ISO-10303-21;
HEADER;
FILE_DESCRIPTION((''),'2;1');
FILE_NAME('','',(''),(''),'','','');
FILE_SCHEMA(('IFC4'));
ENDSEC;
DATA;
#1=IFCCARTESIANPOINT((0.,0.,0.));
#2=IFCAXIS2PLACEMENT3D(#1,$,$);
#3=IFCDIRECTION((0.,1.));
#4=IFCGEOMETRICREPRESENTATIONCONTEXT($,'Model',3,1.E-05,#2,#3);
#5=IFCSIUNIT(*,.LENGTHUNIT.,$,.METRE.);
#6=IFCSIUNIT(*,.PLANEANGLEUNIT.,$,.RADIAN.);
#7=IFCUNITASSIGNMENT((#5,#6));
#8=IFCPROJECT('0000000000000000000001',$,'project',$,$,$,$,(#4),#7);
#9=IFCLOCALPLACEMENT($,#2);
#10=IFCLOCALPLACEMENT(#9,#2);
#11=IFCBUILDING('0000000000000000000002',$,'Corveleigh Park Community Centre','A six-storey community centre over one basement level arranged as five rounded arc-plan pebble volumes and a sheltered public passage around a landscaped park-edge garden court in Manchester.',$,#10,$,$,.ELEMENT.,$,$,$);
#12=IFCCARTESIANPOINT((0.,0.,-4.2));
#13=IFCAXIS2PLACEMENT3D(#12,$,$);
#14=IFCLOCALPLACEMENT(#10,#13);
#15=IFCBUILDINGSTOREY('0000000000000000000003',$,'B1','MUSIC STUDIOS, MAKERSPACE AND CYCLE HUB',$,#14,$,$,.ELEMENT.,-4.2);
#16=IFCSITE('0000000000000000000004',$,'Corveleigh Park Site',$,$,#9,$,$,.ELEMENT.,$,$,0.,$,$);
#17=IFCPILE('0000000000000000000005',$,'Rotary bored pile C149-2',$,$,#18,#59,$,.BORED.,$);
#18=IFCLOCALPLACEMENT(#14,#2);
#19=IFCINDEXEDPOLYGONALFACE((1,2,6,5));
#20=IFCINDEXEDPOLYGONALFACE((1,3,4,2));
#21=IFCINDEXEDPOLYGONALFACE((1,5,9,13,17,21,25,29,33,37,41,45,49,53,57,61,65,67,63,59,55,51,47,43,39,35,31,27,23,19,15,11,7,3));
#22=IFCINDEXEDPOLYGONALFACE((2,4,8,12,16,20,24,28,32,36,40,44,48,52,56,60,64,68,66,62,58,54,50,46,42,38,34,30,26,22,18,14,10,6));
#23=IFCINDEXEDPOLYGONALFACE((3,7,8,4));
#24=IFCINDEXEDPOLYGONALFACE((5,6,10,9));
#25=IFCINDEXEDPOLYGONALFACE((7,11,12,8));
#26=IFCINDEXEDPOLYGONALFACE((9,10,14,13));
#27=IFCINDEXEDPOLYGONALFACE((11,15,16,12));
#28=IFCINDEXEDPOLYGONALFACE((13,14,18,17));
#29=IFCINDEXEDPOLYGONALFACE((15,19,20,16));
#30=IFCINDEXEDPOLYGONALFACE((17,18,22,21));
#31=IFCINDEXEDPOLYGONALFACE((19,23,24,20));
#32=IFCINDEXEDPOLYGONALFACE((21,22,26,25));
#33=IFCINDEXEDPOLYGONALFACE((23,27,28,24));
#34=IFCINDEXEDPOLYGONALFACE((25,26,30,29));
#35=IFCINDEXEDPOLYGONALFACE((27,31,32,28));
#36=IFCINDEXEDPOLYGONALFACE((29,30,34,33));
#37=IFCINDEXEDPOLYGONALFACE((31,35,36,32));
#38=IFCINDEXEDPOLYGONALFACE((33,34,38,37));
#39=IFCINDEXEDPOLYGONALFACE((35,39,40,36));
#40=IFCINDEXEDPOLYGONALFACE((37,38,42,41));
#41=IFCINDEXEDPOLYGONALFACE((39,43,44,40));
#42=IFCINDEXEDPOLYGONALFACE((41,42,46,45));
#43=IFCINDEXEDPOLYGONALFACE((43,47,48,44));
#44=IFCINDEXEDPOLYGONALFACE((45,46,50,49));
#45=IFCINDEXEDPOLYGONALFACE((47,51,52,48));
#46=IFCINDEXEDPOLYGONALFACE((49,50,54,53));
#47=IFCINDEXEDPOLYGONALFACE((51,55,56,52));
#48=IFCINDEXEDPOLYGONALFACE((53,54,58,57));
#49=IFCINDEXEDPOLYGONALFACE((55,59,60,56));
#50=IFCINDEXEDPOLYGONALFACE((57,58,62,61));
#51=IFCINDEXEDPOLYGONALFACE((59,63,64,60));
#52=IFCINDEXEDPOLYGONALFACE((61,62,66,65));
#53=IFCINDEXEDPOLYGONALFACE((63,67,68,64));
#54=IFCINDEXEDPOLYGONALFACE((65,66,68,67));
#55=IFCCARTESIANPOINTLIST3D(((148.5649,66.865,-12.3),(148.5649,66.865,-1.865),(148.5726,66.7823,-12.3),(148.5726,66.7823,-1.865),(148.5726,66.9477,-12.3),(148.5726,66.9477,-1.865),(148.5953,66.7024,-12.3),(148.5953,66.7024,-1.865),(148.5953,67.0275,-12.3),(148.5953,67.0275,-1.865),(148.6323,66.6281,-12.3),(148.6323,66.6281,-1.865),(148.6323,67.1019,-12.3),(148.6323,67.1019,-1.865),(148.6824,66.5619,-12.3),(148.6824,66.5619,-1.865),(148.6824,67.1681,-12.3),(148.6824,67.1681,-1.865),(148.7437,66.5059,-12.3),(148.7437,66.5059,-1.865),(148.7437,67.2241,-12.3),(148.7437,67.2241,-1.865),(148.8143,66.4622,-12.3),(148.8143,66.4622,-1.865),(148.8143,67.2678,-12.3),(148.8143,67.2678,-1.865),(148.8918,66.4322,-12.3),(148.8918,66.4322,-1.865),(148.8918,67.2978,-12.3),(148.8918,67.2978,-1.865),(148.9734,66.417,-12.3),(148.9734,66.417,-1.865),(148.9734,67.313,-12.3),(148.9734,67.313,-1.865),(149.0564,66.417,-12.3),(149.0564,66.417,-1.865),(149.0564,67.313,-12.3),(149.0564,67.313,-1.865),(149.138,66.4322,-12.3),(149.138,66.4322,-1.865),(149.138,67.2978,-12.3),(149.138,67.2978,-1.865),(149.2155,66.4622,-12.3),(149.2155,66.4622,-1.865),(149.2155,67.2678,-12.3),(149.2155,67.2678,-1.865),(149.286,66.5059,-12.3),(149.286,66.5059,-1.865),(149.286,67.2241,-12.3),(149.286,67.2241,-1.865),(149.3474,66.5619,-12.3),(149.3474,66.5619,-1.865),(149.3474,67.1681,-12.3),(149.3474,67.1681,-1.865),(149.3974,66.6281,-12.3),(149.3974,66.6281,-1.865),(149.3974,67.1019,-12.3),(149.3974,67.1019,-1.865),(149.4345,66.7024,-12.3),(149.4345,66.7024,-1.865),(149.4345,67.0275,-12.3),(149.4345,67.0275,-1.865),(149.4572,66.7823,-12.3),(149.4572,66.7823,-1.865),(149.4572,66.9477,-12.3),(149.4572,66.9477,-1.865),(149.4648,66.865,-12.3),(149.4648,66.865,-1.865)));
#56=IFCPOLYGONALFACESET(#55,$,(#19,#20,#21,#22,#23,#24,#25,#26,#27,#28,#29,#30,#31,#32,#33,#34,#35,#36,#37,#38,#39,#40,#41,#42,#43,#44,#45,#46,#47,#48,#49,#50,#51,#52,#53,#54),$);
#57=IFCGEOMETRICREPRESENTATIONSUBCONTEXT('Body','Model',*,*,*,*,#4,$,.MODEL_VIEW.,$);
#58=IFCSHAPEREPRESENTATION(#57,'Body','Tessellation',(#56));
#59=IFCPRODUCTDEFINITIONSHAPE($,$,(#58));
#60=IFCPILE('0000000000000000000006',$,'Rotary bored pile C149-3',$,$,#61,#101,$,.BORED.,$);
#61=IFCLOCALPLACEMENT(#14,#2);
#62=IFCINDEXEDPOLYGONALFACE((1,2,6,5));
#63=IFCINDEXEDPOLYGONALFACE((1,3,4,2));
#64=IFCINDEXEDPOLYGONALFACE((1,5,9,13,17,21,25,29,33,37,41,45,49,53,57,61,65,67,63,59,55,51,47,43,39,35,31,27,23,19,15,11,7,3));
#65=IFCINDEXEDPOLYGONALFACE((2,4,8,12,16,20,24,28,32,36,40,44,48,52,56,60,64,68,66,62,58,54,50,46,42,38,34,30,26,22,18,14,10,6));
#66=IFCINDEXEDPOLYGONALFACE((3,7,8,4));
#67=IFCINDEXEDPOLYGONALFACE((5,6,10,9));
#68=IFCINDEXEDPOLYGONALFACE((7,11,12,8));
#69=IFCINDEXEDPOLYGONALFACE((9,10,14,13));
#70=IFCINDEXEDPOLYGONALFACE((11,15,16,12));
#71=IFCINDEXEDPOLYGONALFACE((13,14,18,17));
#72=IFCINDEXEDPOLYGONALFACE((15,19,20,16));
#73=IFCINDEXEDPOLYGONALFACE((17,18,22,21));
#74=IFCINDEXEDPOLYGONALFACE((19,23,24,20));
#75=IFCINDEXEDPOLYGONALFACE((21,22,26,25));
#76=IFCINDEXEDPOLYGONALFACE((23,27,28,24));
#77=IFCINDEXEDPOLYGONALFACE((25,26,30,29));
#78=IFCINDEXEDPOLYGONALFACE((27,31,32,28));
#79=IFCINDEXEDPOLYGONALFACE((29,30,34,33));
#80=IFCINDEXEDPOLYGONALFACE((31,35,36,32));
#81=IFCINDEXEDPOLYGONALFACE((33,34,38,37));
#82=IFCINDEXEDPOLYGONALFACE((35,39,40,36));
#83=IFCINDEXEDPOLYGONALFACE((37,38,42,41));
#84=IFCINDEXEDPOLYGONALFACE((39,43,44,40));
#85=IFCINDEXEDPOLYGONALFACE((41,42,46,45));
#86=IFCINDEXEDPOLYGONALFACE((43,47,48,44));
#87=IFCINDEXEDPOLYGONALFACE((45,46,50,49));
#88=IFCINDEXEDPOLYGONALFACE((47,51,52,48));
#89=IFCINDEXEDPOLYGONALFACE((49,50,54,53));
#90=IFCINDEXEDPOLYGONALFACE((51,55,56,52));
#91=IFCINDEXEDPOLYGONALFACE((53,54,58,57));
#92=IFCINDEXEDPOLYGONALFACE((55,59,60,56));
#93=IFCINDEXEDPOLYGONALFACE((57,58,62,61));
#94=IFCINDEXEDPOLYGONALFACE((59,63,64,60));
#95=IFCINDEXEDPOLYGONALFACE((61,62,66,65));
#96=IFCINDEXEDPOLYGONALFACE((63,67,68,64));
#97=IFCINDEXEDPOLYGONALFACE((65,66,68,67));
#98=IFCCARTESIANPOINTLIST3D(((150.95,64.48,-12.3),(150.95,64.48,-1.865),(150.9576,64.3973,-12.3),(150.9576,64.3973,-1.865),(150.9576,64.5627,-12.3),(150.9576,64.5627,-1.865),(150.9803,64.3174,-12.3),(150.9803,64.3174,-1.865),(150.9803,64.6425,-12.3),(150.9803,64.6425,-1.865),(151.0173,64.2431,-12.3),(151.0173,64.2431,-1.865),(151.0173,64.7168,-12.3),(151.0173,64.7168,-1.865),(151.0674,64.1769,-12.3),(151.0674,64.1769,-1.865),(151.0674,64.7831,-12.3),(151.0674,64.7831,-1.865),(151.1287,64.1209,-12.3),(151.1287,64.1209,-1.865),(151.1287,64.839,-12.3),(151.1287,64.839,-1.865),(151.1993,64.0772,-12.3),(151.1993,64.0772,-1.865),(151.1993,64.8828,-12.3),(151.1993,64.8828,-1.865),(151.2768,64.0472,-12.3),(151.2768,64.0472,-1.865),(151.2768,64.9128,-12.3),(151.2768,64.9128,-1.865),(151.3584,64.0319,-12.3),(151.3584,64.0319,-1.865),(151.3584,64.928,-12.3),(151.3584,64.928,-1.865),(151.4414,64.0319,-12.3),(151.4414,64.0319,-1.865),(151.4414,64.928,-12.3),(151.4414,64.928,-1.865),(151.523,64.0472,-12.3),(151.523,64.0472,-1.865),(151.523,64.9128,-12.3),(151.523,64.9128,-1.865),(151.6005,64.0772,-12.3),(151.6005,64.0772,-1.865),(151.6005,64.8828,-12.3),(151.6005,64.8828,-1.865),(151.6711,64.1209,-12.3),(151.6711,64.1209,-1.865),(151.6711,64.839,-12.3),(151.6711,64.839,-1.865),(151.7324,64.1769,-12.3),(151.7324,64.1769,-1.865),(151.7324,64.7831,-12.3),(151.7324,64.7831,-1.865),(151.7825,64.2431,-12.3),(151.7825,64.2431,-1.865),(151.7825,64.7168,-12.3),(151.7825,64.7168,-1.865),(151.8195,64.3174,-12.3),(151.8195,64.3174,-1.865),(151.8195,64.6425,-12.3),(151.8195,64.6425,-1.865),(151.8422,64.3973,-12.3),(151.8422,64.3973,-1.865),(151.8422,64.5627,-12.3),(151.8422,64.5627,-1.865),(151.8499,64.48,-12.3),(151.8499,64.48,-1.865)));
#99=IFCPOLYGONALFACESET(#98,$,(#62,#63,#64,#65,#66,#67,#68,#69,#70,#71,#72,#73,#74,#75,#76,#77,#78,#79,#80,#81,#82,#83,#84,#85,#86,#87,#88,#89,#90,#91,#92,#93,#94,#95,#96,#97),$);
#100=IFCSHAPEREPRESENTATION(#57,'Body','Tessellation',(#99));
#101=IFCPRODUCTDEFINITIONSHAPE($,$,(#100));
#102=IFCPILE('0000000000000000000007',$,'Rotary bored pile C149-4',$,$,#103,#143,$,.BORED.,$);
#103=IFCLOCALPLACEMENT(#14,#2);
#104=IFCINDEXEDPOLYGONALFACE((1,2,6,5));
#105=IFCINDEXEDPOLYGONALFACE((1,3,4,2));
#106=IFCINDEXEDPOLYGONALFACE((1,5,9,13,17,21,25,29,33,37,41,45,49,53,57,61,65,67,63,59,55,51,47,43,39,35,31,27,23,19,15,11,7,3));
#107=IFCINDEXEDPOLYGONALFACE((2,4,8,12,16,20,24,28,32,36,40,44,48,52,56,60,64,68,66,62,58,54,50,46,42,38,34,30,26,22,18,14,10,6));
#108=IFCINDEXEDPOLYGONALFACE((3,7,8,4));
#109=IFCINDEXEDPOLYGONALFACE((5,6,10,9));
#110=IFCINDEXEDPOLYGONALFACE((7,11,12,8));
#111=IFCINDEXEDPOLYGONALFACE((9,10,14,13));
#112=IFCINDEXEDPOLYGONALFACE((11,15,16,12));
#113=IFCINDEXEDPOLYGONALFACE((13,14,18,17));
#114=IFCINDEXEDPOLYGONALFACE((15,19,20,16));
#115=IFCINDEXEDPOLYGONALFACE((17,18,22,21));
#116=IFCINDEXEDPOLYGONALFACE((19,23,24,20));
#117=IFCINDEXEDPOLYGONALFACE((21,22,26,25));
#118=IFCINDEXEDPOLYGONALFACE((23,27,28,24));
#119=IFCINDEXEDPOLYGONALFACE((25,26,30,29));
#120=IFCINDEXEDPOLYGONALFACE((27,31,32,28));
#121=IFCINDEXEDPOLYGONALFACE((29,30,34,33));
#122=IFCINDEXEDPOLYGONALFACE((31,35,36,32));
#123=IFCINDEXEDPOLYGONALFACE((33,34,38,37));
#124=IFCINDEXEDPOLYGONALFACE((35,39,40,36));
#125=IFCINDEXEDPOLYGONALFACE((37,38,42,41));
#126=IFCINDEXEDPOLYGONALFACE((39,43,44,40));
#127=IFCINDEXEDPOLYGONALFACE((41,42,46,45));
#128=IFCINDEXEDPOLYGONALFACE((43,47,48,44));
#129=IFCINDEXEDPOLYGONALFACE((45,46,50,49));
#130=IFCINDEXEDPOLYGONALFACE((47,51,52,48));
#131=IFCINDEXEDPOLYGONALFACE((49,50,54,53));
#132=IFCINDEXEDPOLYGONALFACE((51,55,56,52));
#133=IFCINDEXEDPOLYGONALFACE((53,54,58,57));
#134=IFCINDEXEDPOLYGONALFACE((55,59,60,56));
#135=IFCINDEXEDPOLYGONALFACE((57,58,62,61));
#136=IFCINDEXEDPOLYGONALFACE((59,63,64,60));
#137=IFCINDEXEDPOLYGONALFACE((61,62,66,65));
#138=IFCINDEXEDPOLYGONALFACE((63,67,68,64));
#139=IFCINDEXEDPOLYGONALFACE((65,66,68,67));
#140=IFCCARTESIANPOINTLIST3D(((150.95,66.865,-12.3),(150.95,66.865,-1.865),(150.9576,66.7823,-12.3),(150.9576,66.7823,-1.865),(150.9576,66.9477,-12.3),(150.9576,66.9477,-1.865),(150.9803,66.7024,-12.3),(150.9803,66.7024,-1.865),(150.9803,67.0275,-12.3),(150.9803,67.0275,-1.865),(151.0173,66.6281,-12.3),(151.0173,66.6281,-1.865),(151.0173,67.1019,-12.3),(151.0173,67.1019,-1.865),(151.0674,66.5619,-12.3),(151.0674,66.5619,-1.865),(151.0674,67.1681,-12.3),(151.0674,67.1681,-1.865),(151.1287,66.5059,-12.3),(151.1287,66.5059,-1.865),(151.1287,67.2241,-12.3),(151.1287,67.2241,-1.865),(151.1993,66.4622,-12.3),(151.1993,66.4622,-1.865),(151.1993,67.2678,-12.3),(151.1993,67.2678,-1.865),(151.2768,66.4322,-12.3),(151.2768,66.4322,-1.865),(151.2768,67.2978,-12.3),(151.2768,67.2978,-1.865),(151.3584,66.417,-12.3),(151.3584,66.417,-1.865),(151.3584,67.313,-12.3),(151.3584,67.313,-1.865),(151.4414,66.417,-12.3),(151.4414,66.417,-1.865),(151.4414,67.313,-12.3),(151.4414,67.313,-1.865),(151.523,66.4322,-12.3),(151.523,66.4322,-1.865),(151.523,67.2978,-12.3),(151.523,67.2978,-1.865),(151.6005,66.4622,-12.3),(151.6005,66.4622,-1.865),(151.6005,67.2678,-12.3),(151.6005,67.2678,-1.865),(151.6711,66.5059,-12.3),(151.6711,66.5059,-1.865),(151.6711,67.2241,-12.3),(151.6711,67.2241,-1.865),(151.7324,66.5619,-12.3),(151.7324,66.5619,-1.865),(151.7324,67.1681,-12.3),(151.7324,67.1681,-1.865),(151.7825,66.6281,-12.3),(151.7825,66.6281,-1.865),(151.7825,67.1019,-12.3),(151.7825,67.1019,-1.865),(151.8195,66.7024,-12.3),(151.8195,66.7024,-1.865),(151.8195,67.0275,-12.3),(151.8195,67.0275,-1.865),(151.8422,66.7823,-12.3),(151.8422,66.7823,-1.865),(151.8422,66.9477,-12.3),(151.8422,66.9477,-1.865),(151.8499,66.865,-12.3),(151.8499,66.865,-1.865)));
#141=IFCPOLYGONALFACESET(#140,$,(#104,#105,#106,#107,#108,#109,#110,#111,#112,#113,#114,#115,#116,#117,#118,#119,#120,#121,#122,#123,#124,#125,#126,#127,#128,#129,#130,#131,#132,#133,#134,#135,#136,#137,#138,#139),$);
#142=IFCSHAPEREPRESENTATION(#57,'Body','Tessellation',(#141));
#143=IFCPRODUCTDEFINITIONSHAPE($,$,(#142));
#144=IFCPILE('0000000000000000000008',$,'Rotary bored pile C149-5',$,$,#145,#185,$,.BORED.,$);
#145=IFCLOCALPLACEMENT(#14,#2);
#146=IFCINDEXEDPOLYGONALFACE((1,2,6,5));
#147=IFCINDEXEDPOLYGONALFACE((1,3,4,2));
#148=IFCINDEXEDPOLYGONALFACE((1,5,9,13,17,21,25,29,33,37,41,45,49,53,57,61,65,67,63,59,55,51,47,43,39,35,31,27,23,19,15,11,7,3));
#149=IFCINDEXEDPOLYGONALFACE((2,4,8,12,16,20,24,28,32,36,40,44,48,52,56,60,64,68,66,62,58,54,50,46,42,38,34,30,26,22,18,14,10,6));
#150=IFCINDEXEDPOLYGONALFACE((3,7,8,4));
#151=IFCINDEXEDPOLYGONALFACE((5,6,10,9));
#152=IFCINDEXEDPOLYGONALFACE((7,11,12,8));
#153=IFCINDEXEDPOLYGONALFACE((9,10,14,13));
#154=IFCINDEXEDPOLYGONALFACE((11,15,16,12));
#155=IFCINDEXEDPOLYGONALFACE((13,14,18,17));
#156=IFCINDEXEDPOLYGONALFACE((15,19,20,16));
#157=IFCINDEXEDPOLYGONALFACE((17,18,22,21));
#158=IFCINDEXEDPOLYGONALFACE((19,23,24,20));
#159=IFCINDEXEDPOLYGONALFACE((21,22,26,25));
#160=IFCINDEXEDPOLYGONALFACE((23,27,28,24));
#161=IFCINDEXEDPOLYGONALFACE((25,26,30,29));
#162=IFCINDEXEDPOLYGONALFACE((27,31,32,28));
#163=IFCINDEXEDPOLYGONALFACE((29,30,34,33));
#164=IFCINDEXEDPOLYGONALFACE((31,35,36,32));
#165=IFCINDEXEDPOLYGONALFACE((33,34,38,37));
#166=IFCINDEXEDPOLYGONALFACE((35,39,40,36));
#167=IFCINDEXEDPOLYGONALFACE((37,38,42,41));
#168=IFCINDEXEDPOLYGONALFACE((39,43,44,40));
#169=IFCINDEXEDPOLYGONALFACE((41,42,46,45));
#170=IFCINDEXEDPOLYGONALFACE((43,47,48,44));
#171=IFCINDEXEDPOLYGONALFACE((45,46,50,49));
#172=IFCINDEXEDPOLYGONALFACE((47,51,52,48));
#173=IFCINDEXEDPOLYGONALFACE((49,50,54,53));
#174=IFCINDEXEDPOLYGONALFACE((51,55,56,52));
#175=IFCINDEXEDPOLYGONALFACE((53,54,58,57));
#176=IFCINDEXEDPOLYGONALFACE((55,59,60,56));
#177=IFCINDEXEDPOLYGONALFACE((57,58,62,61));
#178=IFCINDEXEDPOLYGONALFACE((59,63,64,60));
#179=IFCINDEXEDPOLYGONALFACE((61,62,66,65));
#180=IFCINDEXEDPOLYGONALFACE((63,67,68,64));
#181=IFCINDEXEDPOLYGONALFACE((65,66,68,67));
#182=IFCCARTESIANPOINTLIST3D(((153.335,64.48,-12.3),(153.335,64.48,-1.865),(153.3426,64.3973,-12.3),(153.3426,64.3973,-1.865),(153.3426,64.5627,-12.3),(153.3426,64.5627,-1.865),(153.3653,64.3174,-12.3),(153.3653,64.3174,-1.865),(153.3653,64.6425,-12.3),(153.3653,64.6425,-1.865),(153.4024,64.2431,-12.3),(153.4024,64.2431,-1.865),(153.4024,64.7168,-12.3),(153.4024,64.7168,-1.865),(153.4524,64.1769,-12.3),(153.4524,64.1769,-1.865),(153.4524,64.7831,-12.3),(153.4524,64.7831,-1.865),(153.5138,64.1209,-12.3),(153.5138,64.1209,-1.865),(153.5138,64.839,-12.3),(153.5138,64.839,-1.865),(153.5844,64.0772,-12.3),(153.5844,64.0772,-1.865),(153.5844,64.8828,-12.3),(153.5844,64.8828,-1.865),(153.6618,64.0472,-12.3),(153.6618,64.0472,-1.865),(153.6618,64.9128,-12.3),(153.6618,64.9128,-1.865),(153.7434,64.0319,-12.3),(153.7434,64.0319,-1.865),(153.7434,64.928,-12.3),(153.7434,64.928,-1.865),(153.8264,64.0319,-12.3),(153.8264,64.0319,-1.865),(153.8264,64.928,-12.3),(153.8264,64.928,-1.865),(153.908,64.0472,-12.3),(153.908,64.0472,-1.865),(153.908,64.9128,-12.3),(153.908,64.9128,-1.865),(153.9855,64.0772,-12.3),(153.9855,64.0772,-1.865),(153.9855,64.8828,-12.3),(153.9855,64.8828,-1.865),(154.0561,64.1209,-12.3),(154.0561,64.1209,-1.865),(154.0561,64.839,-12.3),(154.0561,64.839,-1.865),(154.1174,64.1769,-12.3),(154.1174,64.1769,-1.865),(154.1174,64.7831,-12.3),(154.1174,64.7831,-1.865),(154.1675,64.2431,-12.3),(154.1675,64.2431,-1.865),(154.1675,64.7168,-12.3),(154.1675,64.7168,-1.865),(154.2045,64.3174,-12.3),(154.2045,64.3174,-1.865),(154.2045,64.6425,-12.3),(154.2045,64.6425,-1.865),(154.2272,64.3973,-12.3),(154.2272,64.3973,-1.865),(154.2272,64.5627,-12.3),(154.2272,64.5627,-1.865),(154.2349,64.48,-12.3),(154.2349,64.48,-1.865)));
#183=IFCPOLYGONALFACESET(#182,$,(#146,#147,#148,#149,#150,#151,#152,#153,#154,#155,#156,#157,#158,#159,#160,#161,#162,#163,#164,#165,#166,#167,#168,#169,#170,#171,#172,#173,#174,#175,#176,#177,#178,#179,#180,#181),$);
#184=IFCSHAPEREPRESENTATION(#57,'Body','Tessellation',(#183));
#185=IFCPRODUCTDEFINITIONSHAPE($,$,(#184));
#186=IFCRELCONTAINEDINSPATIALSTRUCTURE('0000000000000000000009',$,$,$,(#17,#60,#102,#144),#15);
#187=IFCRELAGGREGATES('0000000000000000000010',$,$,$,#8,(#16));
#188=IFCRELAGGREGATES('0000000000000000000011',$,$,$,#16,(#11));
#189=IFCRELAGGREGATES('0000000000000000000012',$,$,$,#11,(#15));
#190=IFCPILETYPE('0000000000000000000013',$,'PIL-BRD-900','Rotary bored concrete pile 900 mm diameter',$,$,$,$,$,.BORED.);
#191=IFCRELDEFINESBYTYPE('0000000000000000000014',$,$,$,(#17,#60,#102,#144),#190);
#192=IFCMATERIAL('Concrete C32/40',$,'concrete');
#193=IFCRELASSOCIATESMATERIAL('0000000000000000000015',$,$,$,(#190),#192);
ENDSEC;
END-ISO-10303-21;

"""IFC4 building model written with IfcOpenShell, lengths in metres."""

from ifc_helpers import new_model, si_unit, direction, frame, origin, origin_2d, place, context, subcontext, project, spatial, circle, extrude, material, material_profile, profile_set, type_object, element, save


model = new_model("IFC4")

# Units and contexts
model_context = context("Model", 3, precision=1e-05, world=origin(), true_north=direction((0.0, 1.0)))
body_context = subcontext(model_context, "Body", "Model", "MODEL_VIEW")
ifc_project = project(units=[si_unit("LENGTHUNIT", "METRE"), si_unit("PLANEANGLEUNIT", "RADIAN")], contexts=[model_context])

# Site, building, storey
site_placement = place(None, origin())
site = spatial("IfcSite", under=ifc_project, at=site_placement, Name="Corveleigh Park Site", CompositionType="ELEMENT", RefElevation=0.0)
building_placement = place(site_placement, origin())
building = spatial("IfcBuilding", under=site, at=building_placement, Name="Corveleigh Park Community Centre", Description="A six-storey community centre over one basement level arranged as five rounded arc-plan pebble volumes and a sheltered public passage around a landscaped park-edge garden court in Manchester.", CompositionType="ELEMENT")
storey_placement = place(building_placement, frame((0.0, 0.0, -4.2)))
storey = spatial("IfcBuildingStorey", under=building, at=storey_placement, Name="B1", Description="MUSIC STUDIOS, MAKERSPACE AND CYCLE HUB", CompositionType="ELEMENT", Elevation=-4.2)

# Piles
ifc_material_1 = material(Name="Concrete C32/40", Category="concrete")
ifc_material_profile_1 = material_profile(ifc_material_1, circle(Radius=0.45, at=origin_2d()), Name="BORED-PILE-900", Category="concrete")
ifc_profile_set_1 = profile_set([ifc_material_profile_1], Name="Concrete C32/40")
pile_type = type_object("IfcPileType", Name="PIL-BRD-900", Description="Rotary bored concrete pile 900 mm diameter", PredefinedType="BORED", material=ifc_profile_set_1)
for number, where, z_axis, x_axis, name in (
    (1, (149.0149, 66.865, -1.865), (0.0, 0.0, -1.0), (1.0, 0.0, 0.0), "Rotary bored pile C149-2"),
    (2, (151.3999, 64.48, -1.865), (0.0, 0.0, -1.0), (1.0, 0.0, 0.0), "Rotary bored pile C149-3"),
    (3, (151.3999, 66.865, -1.865), (0.0, 0.0, -1.0), (1.0, 0.0, 0.0), "Rotary bored pile C149-4"),
    (4, (153.7849, 64.48, -1.865), (0.0, 0.0, -1.0), (1.0, 0.0, 0.0), "Rotary bored pile C149-5"),
):
    element("IfcPile", number, at=place(storey_placement, frame(where, z_axis=z_axis, x_axis=x_axis)), inside=storey, type_object=pile_type, Name=name, PredefinedType="BORED", context=body_context, shape_type="SweptSolid", body=[
        extrude(circle(Radius=0.45, at=origin_2d()), origin(), (0.0, 0.0, 1.0), 10.4351),
    ])

save(model, "model.ifc")
